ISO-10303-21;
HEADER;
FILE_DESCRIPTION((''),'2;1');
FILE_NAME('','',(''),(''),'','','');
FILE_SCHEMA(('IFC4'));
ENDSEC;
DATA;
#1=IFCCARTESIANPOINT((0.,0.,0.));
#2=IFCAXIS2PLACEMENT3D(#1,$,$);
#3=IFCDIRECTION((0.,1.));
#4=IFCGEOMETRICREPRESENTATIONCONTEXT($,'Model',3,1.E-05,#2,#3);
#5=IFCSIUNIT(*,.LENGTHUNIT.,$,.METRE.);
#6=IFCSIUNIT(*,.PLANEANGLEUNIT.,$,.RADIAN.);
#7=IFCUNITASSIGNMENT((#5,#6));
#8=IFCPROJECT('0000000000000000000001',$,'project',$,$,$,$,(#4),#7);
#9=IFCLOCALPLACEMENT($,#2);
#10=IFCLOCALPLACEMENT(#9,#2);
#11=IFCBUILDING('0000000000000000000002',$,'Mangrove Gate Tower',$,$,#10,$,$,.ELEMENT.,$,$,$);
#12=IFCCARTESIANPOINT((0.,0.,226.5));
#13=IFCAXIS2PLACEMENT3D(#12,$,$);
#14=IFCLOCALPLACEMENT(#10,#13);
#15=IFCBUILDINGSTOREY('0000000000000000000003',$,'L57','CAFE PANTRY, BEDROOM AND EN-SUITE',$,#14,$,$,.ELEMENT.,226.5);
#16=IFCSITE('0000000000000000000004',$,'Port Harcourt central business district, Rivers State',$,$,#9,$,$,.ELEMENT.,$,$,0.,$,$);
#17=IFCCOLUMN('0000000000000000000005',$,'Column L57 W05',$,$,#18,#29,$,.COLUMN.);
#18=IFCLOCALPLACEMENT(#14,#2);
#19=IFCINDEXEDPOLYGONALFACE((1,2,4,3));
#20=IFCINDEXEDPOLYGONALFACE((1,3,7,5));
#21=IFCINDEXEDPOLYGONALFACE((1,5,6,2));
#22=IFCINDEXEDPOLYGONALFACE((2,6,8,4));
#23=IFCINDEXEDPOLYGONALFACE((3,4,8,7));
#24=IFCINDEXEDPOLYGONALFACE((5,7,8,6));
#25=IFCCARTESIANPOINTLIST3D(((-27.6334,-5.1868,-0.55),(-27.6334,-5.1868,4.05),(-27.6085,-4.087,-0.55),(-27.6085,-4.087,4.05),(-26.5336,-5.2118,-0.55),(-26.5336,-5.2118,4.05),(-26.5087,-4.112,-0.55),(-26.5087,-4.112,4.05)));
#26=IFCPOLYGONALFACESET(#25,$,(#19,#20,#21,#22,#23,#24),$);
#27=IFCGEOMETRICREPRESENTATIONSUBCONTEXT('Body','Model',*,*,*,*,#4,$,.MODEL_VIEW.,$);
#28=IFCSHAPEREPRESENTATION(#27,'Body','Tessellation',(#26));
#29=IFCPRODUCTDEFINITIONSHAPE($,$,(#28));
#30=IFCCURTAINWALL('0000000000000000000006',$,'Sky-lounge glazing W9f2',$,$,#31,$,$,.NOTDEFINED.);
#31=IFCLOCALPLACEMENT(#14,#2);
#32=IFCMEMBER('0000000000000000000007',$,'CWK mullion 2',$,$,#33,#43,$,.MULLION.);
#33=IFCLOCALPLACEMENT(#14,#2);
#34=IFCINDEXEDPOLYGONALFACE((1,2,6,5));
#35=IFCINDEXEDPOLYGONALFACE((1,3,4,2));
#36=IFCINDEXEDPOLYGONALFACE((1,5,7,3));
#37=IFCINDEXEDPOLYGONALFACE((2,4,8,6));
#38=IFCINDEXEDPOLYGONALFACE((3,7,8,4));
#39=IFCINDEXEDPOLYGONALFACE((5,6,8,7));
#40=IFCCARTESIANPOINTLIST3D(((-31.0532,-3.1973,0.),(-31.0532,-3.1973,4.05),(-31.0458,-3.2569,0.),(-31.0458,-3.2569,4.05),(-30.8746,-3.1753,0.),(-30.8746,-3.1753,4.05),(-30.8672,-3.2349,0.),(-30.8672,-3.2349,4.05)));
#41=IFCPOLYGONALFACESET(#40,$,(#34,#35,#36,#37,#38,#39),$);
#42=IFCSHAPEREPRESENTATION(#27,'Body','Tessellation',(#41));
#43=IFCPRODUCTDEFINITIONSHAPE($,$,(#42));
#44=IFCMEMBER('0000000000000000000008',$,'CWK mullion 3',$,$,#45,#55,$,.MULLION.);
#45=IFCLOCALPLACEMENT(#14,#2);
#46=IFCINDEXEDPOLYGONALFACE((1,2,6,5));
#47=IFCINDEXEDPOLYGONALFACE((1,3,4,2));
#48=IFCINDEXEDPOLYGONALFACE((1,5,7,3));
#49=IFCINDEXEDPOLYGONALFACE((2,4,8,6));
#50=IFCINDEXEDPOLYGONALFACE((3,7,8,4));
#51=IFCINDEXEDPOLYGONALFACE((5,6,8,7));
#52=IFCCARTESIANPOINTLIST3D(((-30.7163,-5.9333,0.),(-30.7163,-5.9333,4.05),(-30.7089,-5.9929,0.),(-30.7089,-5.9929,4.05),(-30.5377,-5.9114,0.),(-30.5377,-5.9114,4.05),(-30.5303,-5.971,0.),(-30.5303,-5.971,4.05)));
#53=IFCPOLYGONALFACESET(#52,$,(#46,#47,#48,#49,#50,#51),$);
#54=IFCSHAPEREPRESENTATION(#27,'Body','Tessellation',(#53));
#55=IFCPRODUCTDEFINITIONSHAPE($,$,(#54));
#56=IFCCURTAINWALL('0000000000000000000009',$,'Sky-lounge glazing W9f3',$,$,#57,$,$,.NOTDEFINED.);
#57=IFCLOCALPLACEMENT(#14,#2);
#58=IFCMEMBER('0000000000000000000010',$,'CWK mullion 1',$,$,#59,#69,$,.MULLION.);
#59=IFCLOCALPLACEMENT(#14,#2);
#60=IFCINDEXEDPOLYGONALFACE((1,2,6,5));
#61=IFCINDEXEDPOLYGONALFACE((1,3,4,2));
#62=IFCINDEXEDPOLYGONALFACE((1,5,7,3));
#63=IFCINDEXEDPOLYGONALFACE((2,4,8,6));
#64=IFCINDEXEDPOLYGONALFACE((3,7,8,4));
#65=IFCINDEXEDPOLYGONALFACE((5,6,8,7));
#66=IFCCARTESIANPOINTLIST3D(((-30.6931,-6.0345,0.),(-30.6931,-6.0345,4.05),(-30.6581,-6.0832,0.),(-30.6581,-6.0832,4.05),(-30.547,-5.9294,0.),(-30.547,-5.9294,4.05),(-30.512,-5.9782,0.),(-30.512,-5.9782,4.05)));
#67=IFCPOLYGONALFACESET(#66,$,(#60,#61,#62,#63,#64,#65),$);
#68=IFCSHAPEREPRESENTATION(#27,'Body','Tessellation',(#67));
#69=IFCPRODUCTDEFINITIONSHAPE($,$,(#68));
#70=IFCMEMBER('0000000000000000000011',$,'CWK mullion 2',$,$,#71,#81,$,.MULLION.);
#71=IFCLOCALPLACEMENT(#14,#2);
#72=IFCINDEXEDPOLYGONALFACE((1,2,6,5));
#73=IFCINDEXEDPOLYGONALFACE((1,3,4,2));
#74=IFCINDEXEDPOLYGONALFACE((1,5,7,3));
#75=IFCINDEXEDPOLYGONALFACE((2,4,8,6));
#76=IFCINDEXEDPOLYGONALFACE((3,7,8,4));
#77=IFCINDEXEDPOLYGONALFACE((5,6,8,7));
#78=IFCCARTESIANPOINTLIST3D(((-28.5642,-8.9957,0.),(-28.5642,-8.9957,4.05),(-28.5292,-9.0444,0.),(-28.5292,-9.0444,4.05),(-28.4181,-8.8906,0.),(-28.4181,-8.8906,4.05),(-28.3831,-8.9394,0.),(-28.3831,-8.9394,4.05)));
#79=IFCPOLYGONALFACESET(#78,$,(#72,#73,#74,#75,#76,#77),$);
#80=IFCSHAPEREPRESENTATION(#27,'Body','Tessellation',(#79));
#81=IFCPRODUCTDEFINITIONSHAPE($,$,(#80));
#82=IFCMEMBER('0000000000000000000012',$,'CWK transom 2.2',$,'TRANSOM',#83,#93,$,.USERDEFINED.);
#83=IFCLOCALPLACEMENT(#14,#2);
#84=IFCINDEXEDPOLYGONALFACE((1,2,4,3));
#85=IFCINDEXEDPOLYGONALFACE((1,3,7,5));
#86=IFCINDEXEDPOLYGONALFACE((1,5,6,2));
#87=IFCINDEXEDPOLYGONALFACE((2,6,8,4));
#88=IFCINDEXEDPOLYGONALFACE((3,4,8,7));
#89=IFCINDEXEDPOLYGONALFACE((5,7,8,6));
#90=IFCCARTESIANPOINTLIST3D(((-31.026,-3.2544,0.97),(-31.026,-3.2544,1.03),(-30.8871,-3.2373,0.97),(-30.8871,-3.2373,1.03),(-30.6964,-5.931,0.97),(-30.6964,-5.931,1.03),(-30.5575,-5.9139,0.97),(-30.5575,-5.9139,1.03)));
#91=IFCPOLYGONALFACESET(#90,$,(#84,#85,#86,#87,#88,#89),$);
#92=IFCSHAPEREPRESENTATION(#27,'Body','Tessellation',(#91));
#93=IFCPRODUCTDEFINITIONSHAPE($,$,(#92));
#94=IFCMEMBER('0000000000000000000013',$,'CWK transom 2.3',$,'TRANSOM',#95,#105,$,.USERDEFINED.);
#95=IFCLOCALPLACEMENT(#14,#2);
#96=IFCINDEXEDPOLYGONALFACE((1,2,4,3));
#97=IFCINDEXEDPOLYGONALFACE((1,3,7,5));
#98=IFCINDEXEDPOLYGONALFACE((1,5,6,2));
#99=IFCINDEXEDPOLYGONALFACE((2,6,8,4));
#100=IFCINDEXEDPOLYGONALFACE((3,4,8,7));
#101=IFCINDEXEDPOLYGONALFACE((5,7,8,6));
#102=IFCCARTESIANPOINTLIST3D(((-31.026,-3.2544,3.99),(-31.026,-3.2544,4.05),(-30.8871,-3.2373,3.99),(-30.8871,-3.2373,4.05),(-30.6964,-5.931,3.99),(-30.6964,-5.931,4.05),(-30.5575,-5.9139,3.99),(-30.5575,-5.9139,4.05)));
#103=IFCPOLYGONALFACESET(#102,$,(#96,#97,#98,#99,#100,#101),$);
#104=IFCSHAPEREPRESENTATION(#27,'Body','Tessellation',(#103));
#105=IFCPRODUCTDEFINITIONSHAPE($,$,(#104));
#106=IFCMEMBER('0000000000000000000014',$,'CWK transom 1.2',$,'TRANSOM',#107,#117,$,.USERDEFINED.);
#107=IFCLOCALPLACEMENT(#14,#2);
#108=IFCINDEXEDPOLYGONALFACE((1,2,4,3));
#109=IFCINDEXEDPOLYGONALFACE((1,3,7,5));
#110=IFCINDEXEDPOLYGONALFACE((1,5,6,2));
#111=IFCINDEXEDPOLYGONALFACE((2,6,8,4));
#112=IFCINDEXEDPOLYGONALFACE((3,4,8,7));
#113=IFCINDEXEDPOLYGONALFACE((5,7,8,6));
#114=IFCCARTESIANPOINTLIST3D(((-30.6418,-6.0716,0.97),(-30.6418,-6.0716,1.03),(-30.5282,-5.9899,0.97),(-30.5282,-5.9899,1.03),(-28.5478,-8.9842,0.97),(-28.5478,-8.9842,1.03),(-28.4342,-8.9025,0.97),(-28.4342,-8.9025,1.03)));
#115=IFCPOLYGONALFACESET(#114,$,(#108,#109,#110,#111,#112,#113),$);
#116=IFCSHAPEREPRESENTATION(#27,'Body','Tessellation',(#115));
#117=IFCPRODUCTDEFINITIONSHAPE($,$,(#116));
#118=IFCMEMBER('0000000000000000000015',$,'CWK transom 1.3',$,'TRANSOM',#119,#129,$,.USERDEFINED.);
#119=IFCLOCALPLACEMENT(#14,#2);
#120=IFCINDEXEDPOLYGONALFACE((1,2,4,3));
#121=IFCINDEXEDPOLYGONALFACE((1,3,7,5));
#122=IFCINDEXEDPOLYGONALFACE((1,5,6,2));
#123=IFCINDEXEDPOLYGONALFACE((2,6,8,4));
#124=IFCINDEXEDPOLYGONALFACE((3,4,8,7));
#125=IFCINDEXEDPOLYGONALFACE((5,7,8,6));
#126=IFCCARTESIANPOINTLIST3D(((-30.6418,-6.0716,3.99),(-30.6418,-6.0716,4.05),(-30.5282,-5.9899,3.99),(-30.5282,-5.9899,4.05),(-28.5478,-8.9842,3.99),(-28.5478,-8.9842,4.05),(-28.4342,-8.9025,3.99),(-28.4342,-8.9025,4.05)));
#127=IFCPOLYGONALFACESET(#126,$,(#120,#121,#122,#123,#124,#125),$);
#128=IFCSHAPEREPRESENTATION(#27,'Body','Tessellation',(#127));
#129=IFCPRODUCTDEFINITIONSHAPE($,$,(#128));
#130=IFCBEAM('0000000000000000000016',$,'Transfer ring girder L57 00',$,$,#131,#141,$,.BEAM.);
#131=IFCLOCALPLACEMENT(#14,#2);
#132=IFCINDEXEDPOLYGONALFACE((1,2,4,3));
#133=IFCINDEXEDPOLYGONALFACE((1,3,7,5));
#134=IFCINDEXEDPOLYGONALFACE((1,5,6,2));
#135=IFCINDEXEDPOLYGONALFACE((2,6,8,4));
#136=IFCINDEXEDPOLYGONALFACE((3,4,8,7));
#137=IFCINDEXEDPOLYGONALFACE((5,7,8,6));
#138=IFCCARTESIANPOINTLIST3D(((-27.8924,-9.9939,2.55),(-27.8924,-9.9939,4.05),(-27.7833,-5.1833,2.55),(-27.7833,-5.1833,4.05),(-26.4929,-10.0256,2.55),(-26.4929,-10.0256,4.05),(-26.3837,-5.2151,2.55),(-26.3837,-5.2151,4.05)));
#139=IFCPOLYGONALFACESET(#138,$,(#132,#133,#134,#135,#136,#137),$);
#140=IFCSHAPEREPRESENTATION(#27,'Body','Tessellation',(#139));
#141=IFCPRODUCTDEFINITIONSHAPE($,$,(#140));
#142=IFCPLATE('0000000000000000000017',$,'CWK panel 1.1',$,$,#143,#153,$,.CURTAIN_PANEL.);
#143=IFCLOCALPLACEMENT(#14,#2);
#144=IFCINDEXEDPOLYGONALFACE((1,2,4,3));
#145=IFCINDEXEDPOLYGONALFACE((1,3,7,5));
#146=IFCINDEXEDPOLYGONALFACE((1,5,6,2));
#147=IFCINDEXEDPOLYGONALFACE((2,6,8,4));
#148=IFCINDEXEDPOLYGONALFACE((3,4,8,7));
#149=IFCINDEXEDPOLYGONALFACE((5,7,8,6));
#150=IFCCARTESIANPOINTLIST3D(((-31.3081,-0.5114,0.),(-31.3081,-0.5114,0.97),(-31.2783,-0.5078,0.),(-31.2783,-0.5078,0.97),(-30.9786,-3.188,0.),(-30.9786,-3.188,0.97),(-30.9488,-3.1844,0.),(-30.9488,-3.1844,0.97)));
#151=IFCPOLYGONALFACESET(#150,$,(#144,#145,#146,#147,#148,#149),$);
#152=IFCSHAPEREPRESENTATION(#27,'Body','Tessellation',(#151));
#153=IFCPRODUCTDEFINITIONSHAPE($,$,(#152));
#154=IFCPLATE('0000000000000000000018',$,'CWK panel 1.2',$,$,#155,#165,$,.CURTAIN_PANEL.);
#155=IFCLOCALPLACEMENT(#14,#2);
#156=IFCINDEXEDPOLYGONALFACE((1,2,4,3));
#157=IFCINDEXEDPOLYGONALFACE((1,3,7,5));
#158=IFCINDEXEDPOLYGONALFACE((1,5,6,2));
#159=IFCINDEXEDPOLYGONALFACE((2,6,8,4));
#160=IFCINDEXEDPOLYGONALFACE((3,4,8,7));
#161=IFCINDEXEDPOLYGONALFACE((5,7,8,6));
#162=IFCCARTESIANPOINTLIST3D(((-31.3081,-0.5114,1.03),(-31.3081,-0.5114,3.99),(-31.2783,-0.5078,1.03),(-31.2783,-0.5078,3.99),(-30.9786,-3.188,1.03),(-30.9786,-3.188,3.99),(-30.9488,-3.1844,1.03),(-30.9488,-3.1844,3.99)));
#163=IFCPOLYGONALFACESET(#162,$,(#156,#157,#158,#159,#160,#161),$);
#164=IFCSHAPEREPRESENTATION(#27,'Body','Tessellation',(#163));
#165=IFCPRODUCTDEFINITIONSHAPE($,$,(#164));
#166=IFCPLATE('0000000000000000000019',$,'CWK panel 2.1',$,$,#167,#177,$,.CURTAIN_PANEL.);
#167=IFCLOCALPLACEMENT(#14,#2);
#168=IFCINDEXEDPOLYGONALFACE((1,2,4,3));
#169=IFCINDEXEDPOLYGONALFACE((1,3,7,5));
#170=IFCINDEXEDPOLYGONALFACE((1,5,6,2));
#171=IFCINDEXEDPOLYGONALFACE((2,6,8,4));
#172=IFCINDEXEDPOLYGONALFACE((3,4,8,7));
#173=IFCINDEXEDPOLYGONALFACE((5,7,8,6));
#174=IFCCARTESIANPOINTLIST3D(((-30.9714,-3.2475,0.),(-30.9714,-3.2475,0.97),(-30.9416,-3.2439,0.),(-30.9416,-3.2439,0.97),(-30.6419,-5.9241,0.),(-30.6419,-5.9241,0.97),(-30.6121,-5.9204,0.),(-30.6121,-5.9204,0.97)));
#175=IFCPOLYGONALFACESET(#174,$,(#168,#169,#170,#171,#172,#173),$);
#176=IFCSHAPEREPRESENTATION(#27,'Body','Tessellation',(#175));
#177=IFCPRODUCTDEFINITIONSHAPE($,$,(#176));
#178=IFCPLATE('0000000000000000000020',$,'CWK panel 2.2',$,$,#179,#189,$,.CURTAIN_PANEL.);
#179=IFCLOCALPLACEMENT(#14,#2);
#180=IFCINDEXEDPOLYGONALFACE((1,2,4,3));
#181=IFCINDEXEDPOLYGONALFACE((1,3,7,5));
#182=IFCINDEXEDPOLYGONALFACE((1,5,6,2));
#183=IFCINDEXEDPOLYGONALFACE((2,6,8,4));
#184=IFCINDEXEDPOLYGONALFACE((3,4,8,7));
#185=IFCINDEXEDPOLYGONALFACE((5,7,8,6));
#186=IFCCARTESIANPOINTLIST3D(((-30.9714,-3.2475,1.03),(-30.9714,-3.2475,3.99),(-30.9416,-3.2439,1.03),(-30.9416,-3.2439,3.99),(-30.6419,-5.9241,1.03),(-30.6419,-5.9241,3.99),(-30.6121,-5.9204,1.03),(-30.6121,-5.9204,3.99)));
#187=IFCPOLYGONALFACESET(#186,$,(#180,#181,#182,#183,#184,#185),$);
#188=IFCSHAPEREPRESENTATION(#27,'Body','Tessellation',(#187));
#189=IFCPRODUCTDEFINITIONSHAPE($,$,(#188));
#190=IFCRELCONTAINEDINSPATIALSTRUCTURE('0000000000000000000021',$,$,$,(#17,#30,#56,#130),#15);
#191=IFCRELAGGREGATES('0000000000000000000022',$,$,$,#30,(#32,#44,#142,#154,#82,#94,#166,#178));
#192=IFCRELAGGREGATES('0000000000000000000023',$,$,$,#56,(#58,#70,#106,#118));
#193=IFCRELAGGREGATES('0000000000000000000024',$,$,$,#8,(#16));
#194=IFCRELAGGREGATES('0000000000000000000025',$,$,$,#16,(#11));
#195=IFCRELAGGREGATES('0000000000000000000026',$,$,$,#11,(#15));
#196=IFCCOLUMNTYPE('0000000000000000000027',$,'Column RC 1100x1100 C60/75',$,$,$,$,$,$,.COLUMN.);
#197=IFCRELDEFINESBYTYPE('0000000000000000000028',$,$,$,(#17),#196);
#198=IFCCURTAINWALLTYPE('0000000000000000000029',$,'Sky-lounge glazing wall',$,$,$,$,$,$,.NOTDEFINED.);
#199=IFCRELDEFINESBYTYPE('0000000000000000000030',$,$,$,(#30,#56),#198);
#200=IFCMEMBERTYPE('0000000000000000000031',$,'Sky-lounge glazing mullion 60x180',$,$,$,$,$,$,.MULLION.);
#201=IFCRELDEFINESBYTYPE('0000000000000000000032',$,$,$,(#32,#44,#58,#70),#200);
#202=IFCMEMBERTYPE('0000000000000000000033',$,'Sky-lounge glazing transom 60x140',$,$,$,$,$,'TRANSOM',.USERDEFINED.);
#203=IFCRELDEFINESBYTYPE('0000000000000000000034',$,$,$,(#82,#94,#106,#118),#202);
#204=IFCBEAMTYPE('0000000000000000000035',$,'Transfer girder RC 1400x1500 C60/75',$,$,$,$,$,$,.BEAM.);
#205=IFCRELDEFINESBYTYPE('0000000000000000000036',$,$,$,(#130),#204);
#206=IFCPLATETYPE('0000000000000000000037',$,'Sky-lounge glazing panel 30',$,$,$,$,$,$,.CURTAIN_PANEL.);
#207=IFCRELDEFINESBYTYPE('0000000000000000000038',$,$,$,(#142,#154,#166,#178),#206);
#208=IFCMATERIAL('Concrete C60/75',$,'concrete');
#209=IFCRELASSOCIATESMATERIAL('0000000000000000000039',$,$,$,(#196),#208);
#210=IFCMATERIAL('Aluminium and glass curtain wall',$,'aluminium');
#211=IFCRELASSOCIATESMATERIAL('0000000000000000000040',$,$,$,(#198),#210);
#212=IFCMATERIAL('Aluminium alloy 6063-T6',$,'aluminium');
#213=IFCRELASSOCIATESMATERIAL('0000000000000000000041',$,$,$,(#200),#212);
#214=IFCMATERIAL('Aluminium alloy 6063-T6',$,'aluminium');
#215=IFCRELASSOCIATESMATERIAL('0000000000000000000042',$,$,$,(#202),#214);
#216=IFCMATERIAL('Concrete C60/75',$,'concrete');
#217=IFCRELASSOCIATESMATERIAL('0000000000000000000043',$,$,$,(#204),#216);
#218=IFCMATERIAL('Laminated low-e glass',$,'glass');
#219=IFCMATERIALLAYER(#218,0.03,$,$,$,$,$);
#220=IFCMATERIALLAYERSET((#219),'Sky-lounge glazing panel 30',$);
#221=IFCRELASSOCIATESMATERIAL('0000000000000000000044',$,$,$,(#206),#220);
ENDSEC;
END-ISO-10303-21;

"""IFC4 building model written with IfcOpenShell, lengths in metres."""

from ifc_helpers import new_model, si_unit, direction, frame, origin, origin_2d, place, context, subcontext, project, spatial, rectangle, extrude, material, layer, layer_set, material_profile, profile_set, type_object, element, aggregate, save


model = new_model("IFC4")

# Units and contexts
model_context = context("Model", 3, precision=1e-05, world=origin(), true_north=direction((0.0, 1.0)))
body_context = subcontext(model_context, "Body", "Model", "MODEL_VIEW")
ifc_project = project(units=[si_unit("LENGTHUNIT", "METRE"), si_unit("PLANEANGLEUNIT", "RADIAN")], contexts=[model_context])

# Site, building, storey
site_placement = place(None, origin())
site = spatial("IfcSite", under=ifc_project, at=site_placement, Name="Port Harcourt central business district, Rivers State", CompositionType="ELEMENT", RefElevation=0.0)
building_placement = place(site_placement, origin())
building = spatial("IfcBuilding", under=site, at=building_placement, Name="Mangrove Gate Tower", CompositionType="ELEMENT")
storey_placement = place(building_placement, frame((0.0, 0.0, 226.5)))
storey = spatial("IfcBuildingStorey", under=building, at=storey_placement, Name="L57", Description="CAFE PANTRY, BEDROOM AND EN-SUITE", CompositionType="ELEMENT", Elevation=226.5)

# Column
ifc_material_1 = material(Name="Concrete C60/75", Category="concrete")
ifc_material_profile_1 = material_profile(ifc_material_1, rectangle(XDim=1.1001, YDim=1.1001, at=origin_2d()))
ifc_profile_set_1 = profile_set([ifc_material_profile_1], Name="Concrete C60/75")
column_type = type_object("IfcColumnType", Name="Column RC 1100x1100 C60/75", PredefinedType="COLUMN", material=ifc_profile_set_1)
column_placement = place(storey_placement, frame((-27.071, -4.6494, -0.55), z_axis=(0.0, 0.0, 1.0), x_axis=(-0.022682, -0.999743, 0.0)))
element("IfcColumn", 1, at=column_placement, inside=storey, type_object=column_type, Name="Column L57 W05", PredefinedType="COLUMN", context=body_context, shape_type="SweptSolid", body=[
    extrude(rectangle(XDim=1.1001, YDim=1.1001, at=origin_2d()), origin(), (0.0, 0.0, 1.0), 4.6001),
])

# Curtain walls, members
ifc_material_2 = material(Name="Aluminium and glass curtain wall", Category="aluminium")
curtain_wall_type = type_object("IfcCurtainWallType", Name="Sky-lounge glazing wall", PredefinedType="NOTDEFINED", material=ifc_material_2)
curtain_wall_1_placement = place(storey_placement, origin())
curtain_wall_1 = element("IfcCurtainWall", 2, at=curtain_wall_1_placement, inside=storey, type_object=curtain_wall_type, Name="Sky-lounge glazing W9f2", PredefinedType="NOTDEFINED")
ifc_material_3 = material(Name="Aluminium alloy 6063-T6", Category="aluminium")
ifc_material_profile_2 = material_profile(ifc_material_3, rectangle(XDim=0.0601, YDim=0.1799, at=origin_2d()))
ifc_profile_set_2 = profile_set([ifc_material_profile_2], Name="Aluminium alloy 6063-T6")
member_type_1 = type_object("IfcMemberType", Name="Sky-lounge glazing mullion 60x180", PredefinedType="MULLION", material=ifc_profile_set_2)
member_1_placement = place(storey_placement, frame((-30.9602, -3.2161, 0.0), z_axis=(0.0, 0.0, 1.0), x_axis=(0.122172, -0.992509, 0.0)))
member_1 = element("IfcMember", 3, at=member_1_placement, type_object=member_type_1, Name="CWK mullion 2", PredefinedType="MULLION", context=body_context, shape_type="SweptSolid", body=[
    extrude(rectangle(XDim=0.0601, YDim=0.1799, at=origin_2d()), origin(), (0.0, 0.0, 1.0), 4.05),
])
member_2_placement = place(storey_placement, frame((-30.6233, -5.9521, 0.0), z_axis=(0.0, 0.0, 1.0), x_axis=(0.122172, -0.992509, 0.0)))
member_2 = element("IfcMember", 4, at=member_2_placement, type_object=member_type_1, Name="CWK mullion 3", PredefinedType="MULLION", context=body_context, shape_type="SweptSolid", body=[
    extrude(rectangle(XDim=0.0601, YDim=0.1799, at=origin_2d()), origin(), (0.0, 0.0, 1.0), 4.05),
])
curtain_wall_2_placement = place(storey_placement, origin())
curtain_wall_2 = element("IfcCurtainWall", 5, at=curtain_wall_2_placement, inside=storey, type_object=curtain_wall_type, Name="Sky-lounge glazing W9f3", PredefinedType="NOTDEFINED")
member_3_placement = place(storey_placement, frame((-30.6025, -6.0063, 0.0), z_axis=(0.0, 0.0, 1.0), x_axis=(0.583736, -0.811943, 0.0)))
member_3 = element("IfcMember", 6, at=member_3_placement, type_object=member_type_1, Name="CWK mullion 1", PredefinedType="MULLION", context=body_context, shape_type="SweptSolid", body=[
    extrude(rectangle(XDim=0.0601, YDim=0.1799, at=origin_2d()), origin(), (0.0, 0.0, 1.0), 4.05),
])
member_4_placement = place(storey_placement, frame((-28.4736, -8.9675, 0.0), z_axis=(0.0, 0.0, 1.0), x_axis=(0.583736, -0.811943, 0.0)))
member_4 = element("IfcMember", 7, at=member_4_placement, type_object=member_type_1, Name="CWK mullion 2", PredefinedType="MULLION", context=body_context, shape_type="SweptSolid", body=[
    extrude(rectangle(XDim=0.0601, YDim=0.1799, at=origin_2d()), origin(), (0.0, 0.0, 1.0), 4.05),
])

# Members
ifc_material_4 = material(Name="Aluminium alloy 6063-T6", Category="aluminium")
ifc_material_profile_3 = material_profile(ifc_material_4, rectangle(XDim=0.0601, YDim=0.1399, at=origin_2d()))
ifc_profile_set_3 = profile_set([ifc_material_profile_3], Name="Aluminium alloy 6063-T6")
member_type_2 = type_object("IfcMemberType", Name="Sky-lounge glazing transom 60x140", ElementType="TRANSOM", PredefinedType="USERDEFINED", material=ifc_profile_set_3)
member_5_placement = place(storey_placement, frame((-30.9565, -3.2458, 1.0), z_axis=(0.122218, -0.992503, 0.0), x_axis=(0.0, 0.0, 1.0)))
member_5 = element("IfcMember", 8, at=member_5_placement, type_object=member_type_2, Name="CWK transom 2.2", ObjectType="TRANSOM", PredefinedType="USERDEFINED", context=body_context, shape_type="SweptSolid", body=[
    extrude(rectangle(XDim=0.0601, YDim=0.1399, at=origin_2d()), origin(), (0.0, 0.0, 1.0), 2.6968),
])
member_6_placement = place(storey_placement, frame((-30.9565, -3.2458, 4.02), z_axis=(0.122218, -0.992503, 0.0), x_axis=(0.0, 0.0, 1.0)))
member_6 = element("IfcMember", 9, at=member_6_placement, type_object=member_type_2, Name="CWK transom 2.3", ObjectType="TRANSOM", PredefinedType="USERDEFINED", context=body_context, shape_type="SweptSolid", body=[
    extrude(rectangle(XDim=0.0601, YDim=0.1399, at=origin_2d()), origin(), (0.0, 0.0, 1.0), 2.6968),
])
member_7_placement = place(storey_placement, frame((-30.585, -6.0308, 1.0), z_axis=(0.58374, -0.811941, 0.0), x_axis=(0.0, 0.0, 1.0)))
member_7 = element("IfcMember", 10, at=member_7_placement, type_object=member_type_2, Name="CWK transom 1.2", ObjectType="TRANSOM", PredefinedType="USERDEFINED", context=body_context, shape_type="SweptSolid", body=[
    extrude(rectangle(XDim=0.0601, YDim=0.1399, at=origin_2d()), origin(), (0.0, 0.0, 1.0), 3.5872),
])
member_8_placement = place(storey_placement, frame((-30.585, -6.0308, 4.02), z_axis=(0.58374, -0.811941, 0.0), x_axis=(0.0, 0.0, 1.0)))
member_8 = element("IfcMember", 11, at=member_8_placement, type_object=member_type_2, Name="CWK transom 1.3", ObjectType="TRANSOM", PredefinedType="USERDEFINED", context=body_context, shape_type="SweptSolid", body=[
    extrude(rectangle(XDim=0.0601, YDim=0.1399, at=origin_2d()), origin(), (0.0, 0.0, 1.0), 3.5872),
])

# Beam
ifc_material_5 = material(Name="Concrete C60/75", Category="concrete")
ifc_material_profile_4 = material_profile(ifc_material_5, rectangle(XDim=1.3999, YDim=1.5, at=origin_2d()))
ifc_profile_set_4 = profile_set([ifc_material_profile_4], Name="Concrete C60/75")
beam_type = type_object("IfcBeamType", Name="Transfer girder RC 1400x1500 C60/75", PredefinedType="BEAM", material=ifc_profile_set_4)
beam_placement = place(storey_placement, frame((-27.0835, -5.1992, 3.3), z_axis=(-0.02268, -0.999743, 0.0), x_axis=(0.999743, -0.02268, 0.0)))
element("IfcBeam", 12, at=beam_placement, inside=storey, type_object=beam_type, Name="Transfer ring girder L57 00", PredefinedType="BEAM", context=body_context, shape_type="SweptSolid", body=[
    extrude(rectangle(XDim=1.3999, YDim=1.5, at=origin_2d()), origin(), (0.0, 0.0, 1.0), 4.8118),
])

# Plates
ifc_material_6 = material(Name="Laminated low-e glass", Category="glass")
ifc_layer_1 = layer(ifc_material_6, 0.03)
ifc_layer_set_1 = layer_set([ifc_layer_1], Name="Sky-lounge glazing panel 30")
plate_type = type_object("IfcPlateType", Name="Sky-lounge glazing panel 30", PredefinedType="CURTAIN_PANEL", material=ifc_layer_set_1)
plate_1_placement = place(storey_placement, frame((-31.1284, -1.8479, 0.0), z_axis=(0.0, 0.0, 1.0), x_axis=(0.122172, -0.992509, 0.0)))
plate_1 = element("IfcPlate", 13, at=plate_1_placement, type_object=plate_type, Name="CWK panel 1.1", PredefinedType="CURTAIN_PANEL", context=body_context, shape_type="SweptSolid", body=[
    extrude(rectangle(XDim=2.6968, YDim=0.03, at=origin_2d()), origin(), (0.0, 0.0, 1.0), 0.97),
])
plate_2_placement = place(storey_placement, frame((-31.1284, -1.8479, 1.03), z_axis=(0.0, 0.0, 1.0), x_axis=(0.122172, -0.992509, 0.0)))
plate_2 = element("IfcPlate", 14, at=plate_2_placement, type_object=plate_type, Name="CWK panel 1.2", PredefinedType="CURTAIN_PANEL", context=body_context, shape_type="SweptSolid", body=[
    extrude(rectangle(XDim=2.6968, YDim=0.03, at=origin_2d()), origin(), (0.0, 0.0, 1.0), 2.96),
])
plate_3_placement = place(storey_placement, frame((-30.7917, -4.584, 0.0), z_axis=(0.0, 0.0, 1.0), x_axis=(0.122172, -0.992509, 0.0)))
plate_3 = element("IfcPlate", 15, at=plate_3_placement, type_object=plate_type, Name="CWK panel 2.1", PredefinedType="CURTAIN_PANEL", context=body_context, shape_type="SweptSolid", body=[
    extrude(rectangle(XDim=2.6968, YDim=0.03, at=origin_2d()), origin(), (0.0, 0.0, 1.0), 0.97),
])
plate_4_placement = place(storey_placement, frame((-30.7917, -4.584, 1.03), z_axis=(0.0, 0.0, 1.0), x_axis=(0.122172, -0.992509, 0.0)))
plate_4 = element("IfcPlate", 16, at=plate_4_placement, type_object=plate_type, Name="CWK panel 2.2", PredefinedType="CURTAIN_PANEL", context=body_context, shape_type="SweptSolid", body=[
    extrude(rectangle(XDim=2.6968, YDim=0.03, at=origin_2d()), origin(), (0.0, 0.0, 1.0), 2.96),
])
aggregate(curtain_wall_1, [member_1, member_2, plate_1, plate_2, member_5, member_6, plate_3, plate_4])
aggregate(curtain_wall_2, [member_3, member_4, member_7, member_8])

save(model, "model.ifc")
